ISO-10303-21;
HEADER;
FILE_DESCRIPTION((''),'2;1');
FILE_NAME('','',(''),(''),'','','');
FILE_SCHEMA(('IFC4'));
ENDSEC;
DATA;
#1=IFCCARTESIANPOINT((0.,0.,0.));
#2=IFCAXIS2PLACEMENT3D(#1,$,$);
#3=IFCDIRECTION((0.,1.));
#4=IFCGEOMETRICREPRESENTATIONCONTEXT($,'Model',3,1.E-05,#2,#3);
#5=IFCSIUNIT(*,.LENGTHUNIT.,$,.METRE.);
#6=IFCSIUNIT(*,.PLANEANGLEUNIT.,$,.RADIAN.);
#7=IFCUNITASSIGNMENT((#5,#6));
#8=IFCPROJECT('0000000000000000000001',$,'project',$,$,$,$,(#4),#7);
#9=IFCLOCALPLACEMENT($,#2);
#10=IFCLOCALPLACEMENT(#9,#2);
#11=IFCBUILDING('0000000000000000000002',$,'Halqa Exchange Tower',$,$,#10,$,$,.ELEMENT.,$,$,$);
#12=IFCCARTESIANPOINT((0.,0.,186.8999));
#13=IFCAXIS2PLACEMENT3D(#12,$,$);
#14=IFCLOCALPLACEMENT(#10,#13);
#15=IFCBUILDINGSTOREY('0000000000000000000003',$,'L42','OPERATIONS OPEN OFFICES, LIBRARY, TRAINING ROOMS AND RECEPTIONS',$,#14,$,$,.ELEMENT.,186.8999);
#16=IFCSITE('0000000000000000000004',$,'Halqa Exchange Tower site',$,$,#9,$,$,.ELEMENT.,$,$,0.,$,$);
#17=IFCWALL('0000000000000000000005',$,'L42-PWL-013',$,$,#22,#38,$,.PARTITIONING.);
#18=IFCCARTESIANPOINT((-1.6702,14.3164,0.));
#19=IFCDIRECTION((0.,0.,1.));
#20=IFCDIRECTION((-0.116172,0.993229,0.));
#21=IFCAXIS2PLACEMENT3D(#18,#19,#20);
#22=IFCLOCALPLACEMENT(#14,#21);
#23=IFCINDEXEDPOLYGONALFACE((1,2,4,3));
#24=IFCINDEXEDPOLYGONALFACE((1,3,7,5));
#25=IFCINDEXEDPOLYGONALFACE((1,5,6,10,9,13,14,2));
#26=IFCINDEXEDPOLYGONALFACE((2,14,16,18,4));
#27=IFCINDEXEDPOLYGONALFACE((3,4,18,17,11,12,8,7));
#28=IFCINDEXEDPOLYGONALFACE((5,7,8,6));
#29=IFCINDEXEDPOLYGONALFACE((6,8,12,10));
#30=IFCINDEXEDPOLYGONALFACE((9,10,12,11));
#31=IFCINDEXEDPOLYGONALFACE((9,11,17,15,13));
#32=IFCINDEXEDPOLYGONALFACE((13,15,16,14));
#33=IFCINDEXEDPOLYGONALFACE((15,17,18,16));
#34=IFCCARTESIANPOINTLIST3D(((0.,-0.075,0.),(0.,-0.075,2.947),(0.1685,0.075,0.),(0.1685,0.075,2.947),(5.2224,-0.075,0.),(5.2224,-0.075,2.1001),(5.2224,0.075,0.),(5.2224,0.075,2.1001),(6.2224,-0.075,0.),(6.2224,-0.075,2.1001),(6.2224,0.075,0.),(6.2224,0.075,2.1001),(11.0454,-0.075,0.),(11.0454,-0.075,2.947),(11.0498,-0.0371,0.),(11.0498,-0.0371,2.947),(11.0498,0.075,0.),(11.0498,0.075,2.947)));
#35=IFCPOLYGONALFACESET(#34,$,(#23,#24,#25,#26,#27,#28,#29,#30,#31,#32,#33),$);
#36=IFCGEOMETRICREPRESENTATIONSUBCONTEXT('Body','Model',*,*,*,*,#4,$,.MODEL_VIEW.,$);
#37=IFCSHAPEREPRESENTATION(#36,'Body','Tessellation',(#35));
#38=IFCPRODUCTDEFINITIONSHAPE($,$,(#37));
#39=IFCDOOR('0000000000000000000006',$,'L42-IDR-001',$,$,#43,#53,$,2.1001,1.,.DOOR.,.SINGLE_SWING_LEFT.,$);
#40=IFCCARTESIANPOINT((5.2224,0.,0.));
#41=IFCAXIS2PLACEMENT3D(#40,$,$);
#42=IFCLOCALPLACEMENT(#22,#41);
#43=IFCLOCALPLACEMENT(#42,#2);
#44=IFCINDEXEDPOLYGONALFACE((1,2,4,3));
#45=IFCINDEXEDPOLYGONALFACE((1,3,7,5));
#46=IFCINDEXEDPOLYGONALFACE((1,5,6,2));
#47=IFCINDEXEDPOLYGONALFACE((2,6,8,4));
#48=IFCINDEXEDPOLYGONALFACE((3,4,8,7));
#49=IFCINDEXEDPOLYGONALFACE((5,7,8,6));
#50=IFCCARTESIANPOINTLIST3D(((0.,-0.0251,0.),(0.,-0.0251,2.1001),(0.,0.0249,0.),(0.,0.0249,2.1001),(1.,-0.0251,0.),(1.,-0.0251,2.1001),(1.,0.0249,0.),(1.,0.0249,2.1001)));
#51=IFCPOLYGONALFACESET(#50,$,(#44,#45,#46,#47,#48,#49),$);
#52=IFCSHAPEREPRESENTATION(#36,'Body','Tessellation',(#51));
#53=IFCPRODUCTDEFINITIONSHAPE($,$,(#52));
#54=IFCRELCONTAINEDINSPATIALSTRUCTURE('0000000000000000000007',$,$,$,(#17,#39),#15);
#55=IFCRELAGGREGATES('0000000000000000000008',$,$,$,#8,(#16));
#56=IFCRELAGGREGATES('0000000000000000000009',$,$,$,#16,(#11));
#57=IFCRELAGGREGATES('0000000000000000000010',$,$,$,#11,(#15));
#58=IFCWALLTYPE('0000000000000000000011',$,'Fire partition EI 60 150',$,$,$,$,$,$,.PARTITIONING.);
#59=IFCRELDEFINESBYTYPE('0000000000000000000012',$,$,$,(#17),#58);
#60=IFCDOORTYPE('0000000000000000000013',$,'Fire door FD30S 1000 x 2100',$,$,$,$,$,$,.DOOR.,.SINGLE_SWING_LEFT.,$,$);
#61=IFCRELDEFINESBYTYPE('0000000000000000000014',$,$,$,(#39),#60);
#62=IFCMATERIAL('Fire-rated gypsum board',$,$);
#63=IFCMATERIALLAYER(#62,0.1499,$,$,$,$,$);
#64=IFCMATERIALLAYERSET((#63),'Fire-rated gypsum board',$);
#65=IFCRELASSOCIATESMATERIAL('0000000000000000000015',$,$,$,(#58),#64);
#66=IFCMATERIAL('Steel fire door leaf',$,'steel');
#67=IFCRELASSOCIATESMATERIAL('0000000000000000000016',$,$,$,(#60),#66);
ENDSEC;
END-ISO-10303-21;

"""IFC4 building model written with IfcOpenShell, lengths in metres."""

from ifc_helpers import new_model, si_unit, direction, frame, frame_2d, origin, place, context, subcontext, project, spatial, polyline, rectangle, outline, extrude, material, layer, layer_set, type_object, element, fill, save


model = new_model("IFC4")

# Units and contexts
model_context = context("Model", 3, precision=1e-05, world=origin(), true_north=direction((0.0, 1.0)))
body_context = subcontext(model_context, "Body", "Model", "MODEL_VIEW")
ifc_project = project(units=[si_unit("LENGTHUNIT", "METRE"), si_unit("PLANEANGLEUNIT", "RADIAN")], contexts=[model_context])

# Site, building, storey
site_placement = place(None, origin())
site = spatial("IfcSite", under=ifc_project, at=site_placement, Name="Halqa Exchange Tower site", CompositionType="ELEMENT", RefElevation=0.0)
building_placement = place(site_placement, origin())
building = spatial("IfcBuilding", under=site, at=building_placement, Name="Halqa Exchange Tower", CompositionType="ELEMENT")
storey_placement = place(building_placement, frame((0.0, 0.0, 186.8999)))
storey = spatial("IfcBuildingStorey", under=building, at=storey_placement, Name="L42", Description="OPERATIONS OPEN OFFICES, LIBRARY, TRAINING ROOMS AND RECEPTIONS", CompositionType="ELEMENT", Elevation=186.8999)

# Shared definitions
ifc_material_1 = material(Name="Fire-rated gypsum board")
ifc_layer_1 = layer(ifc_material_1, 0.1499)
ifc_layer_set_1 = layer_set([ifc_layer_1], Name="Fire-rated gypsum board")
wall_type_1 = type_object("IfcWallType", Name="Fire partition EI 60 150", PredefinedType="PARTITIONING", material=ifc_layer_set_1)

# Wall, opening, door
wall_1_placement = place(storey_placement, frame((-1.6702, 14.3164, 0.0), z_axis=(0.0, 0.0, 1.0), x_axis=(-0.116172, 0.993229, 0.0)))
wall_1 = element("IfcWall", 1, at=wall_1_placement, inside=storey, type_object=wall_type_1, Name="L42-PWL-013", PredefinedType="PARTITIONING", context=body_context, shape_type="SweptSolid", body=[
    extrude(outline(polyline([(0.0, -0.075), (1.8408, -0.075), (3.6819, -0.075), (5.5227, -0.075), (7.3635, -0.075), (9.2046, -0.075), (11.0454, -0.075), (11.0498, -0.0371), (11.0498, 0.075), (9.2363, 0.075), (7.4226, 0.075), (5.6091, 0.075), (3.7954, 0.075), (1.9819, 0.075), (0.1685, 0.075), (0.0842, 0.0), (0.0, -0.075), (0.0, -0.075)])), origin(), (0.0, 0.0, 1.0), 2.947),
])
opening_1_placement = place(wall_1_placement, frame((5.2224, 0.0, 0.0)))
opening_1 = element("IfcOpeningElement", 2, at=opening_1_placement, cuts=wall_1, PredefinedType="OPENING", context=body_context, shape_type="SweptSolid", body=[
    extrude(rectangle(XDim=1.0, YDim=2.1001, at=frame_2d((0.5, 1.05))), frame((0.0, 0.0869, 0.0), z_axis=(0.0, -1.0, 0.0), x_axis=(1.0, 0.0, 0.0)), (0.0, 0.0, 1.0), 0.1738),
])
ifc_material_2 = material(Name="Steel fire door leaf", Category="steel")
door_type = type_object("IfcDoorType", Name="Fire door FD30S 1000 x 2100", OperationType="SINGLE_SWING_LEFT", PredefinedType="DOOR", material=ifc_material_2)
door_placement = place(opening_1_placement, origin())
door = element("IfcDoor", 3, at=door_placement, inside=storey, type_object=door_type, Name="L42-IDR-001", OperationType="SINGLE_SWING_LEFT", OverallHeight=2.1001, OverallWidth=1.0, PredefinedType="DOOR", context=body_context, shape_type="SweptSolid", body=[
    extrude(rectangle(XDim=1.0, YDim=2.1001, at=frame_2d((0.5, 1.05))), frame((0.0, 0.0249, 0.0), z_axis=(0.0, -1.0, 0.0), x_axis=(1.0, 0.0, 0.0)), (0.0, 0.0, 1.0), 0.05),
])
fill(opening_1, door)

save(model, "model.ifc")
